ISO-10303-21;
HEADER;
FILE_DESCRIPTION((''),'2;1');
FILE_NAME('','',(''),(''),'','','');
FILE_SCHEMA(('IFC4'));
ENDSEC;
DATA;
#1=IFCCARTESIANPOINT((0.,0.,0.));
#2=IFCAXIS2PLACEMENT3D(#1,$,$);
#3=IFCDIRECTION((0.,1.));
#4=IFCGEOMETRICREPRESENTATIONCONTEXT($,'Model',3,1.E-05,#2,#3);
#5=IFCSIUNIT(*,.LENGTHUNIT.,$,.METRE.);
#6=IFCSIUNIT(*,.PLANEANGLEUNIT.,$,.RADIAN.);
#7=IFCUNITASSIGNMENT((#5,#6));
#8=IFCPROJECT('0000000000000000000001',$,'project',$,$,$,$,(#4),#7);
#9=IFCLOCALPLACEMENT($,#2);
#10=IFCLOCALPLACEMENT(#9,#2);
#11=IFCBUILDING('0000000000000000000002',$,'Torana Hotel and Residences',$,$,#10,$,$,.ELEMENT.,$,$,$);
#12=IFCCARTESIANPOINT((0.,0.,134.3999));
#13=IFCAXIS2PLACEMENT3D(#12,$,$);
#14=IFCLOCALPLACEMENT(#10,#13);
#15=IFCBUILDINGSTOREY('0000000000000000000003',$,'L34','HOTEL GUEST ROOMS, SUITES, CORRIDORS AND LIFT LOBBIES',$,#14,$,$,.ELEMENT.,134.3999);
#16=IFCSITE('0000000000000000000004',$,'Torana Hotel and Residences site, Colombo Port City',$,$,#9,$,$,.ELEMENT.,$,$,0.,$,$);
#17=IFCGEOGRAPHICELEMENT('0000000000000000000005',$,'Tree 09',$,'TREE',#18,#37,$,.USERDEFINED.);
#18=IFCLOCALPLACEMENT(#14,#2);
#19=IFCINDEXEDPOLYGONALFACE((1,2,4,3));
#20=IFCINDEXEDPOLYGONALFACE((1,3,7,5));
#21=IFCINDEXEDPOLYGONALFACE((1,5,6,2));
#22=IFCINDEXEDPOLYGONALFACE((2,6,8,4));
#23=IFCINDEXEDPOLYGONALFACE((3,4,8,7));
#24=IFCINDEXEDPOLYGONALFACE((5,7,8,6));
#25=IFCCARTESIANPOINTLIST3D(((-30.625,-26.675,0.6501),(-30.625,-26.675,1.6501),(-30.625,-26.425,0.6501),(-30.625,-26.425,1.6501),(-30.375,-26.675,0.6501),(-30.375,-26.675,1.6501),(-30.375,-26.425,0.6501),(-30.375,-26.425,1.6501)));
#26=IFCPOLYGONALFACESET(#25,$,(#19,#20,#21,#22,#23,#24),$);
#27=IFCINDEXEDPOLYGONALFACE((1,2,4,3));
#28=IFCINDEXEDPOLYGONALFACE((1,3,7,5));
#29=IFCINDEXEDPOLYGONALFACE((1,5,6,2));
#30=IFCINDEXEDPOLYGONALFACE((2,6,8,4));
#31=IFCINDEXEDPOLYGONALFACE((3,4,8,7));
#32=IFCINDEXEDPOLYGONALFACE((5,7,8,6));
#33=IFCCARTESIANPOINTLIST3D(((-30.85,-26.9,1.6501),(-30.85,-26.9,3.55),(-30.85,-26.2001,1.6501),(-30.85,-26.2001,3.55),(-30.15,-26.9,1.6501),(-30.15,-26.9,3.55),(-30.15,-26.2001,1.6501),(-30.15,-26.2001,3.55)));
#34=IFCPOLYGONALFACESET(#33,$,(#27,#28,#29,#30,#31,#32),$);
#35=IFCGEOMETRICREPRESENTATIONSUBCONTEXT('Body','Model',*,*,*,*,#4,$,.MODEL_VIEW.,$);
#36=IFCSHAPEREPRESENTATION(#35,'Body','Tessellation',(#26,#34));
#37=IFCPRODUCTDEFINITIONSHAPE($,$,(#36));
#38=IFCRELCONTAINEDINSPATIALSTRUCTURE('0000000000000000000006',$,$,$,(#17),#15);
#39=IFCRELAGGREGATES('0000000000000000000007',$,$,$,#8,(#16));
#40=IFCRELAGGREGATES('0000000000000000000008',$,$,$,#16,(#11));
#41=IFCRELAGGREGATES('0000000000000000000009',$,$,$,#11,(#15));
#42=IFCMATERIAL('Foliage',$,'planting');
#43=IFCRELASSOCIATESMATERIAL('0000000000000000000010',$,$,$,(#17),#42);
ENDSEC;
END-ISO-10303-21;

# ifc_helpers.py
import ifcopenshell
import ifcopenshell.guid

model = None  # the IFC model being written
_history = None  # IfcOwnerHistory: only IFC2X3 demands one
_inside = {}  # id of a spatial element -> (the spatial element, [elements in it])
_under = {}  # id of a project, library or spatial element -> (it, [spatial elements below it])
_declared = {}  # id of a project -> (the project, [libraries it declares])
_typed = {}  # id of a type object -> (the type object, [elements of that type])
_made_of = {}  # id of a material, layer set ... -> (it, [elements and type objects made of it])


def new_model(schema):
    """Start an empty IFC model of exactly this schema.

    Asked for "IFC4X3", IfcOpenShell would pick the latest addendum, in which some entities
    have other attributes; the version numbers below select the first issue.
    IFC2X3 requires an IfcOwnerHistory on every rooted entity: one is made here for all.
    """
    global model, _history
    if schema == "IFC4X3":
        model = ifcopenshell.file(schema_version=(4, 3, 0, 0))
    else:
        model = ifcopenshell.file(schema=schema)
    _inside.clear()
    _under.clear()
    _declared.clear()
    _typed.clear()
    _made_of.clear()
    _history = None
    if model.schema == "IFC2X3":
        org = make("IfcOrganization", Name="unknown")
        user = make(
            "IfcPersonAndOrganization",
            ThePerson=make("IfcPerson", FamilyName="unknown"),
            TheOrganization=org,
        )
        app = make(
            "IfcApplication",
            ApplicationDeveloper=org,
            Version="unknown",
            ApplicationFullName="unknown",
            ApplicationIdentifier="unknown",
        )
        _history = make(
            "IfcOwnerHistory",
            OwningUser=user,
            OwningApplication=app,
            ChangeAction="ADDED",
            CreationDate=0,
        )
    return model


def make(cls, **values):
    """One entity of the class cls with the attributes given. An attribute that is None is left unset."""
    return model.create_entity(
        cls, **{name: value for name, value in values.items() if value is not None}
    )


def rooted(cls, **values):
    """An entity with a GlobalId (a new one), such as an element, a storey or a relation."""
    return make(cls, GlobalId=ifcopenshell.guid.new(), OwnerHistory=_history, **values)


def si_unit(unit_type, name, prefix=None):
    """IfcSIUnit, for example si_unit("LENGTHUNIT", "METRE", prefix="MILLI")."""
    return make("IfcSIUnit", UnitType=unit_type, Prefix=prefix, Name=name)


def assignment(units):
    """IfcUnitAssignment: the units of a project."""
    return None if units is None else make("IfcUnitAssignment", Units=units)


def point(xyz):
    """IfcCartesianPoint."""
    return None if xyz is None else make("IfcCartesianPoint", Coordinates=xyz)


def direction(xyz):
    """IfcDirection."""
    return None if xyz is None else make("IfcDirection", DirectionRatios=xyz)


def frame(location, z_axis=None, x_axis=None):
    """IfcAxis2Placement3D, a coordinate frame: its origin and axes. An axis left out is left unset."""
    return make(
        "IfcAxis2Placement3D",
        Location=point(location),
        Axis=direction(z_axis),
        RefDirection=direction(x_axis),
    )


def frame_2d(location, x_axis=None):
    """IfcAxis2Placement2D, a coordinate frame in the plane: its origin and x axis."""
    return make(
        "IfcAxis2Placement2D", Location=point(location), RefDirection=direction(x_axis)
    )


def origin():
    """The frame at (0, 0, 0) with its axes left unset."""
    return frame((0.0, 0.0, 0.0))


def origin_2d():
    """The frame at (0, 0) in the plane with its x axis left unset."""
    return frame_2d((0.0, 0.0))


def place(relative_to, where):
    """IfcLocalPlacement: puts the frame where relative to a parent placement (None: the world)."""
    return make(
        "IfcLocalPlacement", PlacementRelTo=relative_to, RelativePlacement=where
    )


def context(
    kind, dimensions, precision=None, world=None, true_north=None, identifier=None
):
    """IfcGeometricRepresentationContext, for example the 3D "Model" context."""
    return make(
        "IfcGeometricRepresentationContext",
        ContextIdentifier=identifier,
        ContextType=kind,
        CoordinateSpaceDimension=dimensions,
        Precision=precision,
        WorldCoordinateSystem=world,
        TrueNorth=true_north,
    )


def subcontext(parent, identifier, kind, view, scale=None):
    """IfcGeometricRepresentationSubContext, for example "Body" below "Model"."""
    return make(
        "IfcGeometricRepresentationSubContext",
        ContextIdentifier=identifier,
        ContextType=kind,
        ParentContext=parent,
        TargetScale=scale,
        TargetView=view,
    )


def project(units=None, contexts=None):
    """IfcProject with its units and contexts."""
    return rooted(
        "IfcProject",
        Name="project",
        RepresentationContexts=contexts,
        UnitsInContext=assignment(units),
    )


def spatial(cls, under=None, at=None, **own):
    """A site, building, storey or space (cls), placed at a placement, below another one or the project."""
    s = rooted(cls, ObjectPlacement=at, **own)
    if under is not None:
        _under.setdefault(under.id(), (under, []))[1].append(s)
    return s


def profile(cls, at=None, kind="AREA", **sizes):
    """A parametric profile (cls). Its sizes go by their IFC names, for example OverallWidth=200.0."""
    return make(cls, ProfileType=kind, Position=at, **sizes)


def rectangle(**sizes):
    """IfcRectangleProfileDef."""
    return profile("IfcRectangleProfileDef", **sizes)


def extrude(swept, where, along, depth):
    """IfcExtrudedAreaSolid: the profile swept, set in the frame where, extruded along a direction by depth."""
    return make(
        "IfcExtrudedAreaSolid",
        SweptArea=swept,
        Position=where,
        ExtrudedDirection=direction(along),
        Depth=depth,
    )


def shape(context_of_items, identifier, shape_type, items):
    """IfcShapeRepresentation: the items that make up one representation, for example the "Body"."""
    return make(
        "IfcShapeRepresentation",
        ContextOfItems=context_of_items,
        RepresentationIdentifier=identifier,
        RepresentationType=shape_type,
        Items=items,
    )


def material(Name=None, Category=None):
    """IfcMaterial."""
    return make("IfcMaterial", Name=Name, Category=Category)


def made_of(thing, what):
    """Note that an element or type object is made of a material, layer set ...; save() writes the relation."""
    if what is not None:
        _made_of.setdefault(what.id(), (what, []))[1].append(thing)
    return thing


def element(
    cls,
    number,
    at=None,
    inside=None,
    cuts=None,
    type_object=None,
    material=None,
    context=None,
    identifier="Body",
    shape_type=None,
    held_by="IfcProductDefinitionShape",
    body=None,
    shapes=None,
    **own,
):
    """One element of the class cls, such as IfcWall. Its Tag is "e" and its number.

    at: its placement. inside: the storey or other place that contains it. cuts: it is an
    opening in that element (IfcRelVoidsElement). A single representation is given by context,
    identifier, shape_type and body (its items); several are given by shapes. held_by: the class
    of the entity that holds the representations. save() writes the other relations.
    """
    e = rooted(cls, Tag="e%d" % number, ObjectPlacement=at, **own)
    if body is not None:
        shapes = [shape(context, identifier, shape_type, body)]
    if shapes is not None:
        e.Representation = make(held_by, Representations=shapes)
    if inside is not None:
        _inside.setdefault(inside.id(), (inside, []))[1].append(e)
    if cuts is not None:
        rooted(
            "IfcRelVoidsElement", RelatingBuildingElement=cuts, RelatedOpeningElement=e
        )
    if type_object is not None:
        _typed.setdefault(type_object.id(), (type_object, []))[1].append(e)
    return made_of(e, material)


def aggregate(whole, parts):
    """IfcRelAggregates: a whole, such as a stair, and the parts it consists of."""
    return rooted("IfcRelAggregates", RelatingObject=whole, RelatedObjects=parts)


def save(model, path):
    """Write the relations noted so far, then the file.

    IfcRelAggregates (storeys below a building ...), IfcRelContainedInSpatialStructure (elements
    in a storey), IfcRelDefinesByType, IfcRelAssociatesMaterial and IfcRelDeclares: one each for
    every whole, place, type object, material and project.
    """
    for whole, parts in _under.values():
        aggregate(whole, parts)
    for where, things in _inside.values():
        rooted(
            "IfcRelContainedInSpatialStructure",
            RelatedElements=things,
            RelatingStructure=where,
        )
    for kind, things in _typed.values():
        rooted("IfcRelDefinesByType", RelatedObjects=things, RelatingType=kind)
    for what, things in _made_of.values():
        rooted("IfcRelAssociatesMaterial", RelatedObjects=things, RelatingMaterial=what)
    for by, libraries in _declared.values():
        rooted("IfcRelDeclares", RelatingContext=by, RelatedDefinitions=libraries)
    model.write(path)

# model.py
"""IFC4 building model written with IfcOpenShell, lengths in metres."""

from ifc_helpers import new_model, si_unit, direction, frame, origin, origin_2d, place, context, subcontext, project, spatial, rectangle, extrude, material, element, save


model = new_model("IFC4")

# Units and contexts
model_context = context("Model", 3, precision=1e-05, world=origin(), true_north=direction((0.0, 1.0)))
body_context = subcontext(model_context, "Body", "Model", "MODEL_VIEW")
ifc_project = project(units=[si_unit("LENGTHUNIT", "METRE"), si_unit("PLANEANGLEUNIT", "RADIAN")], contexts=[model_context])

# Site, building, storey
site_placement = place(None, origin())
site = spatial("IfcSite", under=ifc_project, at=site_placement, Name="Torana Hotel and Residences site, Colombo Port City", CompositionType="ELEMENT", RefElevation=0.0)
building_placement = place(site_placement, origin())
building = spatial("IfcBuilding", under=site, at=building_placement, Name="Torana Hotel and Residences", CompositionType="ELEMENT")
storey_placement = place(building_placement, frame((0.0, 0.0, 134.3999)))
storey = spatial("IfcBuildingStorey", under=building, at=storey_placement, Name="L34", Description="HOTEL GUEST ROOMS, SUITES, CORRIDORS AND LIFT LOBBIES", CompositionType="ELEMENT", Elevation=134.3999)

# Geographic element
ifc_material_1 = material(Name="Foliage", Category="planting")
geographic_element_placement = place(storey_placement, frame((-30.5, -26.55, 0.6501), z_axis=(0.0, 0.0, 1.0), x_axis=(1.0, 0.0, 0.0)))
element("IfcGeographicElement", 1, at=geographic_element_placement, inside=storey, material=ifc_material_1, Name="Tree 09", ObjectType="TREE", PredefinedType="USERDEFINED", context=body_context, shape_type="SweptSolid", body=[
    extrude(rectangle(XDim=0.25, YDim=0.25, at=origin_2d()), origin(), (0.0, 0.0, 1.0), 1.0),
    extrude(rectangle(XDim=0.7, YDim=0.7, at=origin_2d()), frame((0.0, 0.0, 1.0)), (0.0, 0.0, 1.0), 1.8999),
])

save(model, "model.ifc")
